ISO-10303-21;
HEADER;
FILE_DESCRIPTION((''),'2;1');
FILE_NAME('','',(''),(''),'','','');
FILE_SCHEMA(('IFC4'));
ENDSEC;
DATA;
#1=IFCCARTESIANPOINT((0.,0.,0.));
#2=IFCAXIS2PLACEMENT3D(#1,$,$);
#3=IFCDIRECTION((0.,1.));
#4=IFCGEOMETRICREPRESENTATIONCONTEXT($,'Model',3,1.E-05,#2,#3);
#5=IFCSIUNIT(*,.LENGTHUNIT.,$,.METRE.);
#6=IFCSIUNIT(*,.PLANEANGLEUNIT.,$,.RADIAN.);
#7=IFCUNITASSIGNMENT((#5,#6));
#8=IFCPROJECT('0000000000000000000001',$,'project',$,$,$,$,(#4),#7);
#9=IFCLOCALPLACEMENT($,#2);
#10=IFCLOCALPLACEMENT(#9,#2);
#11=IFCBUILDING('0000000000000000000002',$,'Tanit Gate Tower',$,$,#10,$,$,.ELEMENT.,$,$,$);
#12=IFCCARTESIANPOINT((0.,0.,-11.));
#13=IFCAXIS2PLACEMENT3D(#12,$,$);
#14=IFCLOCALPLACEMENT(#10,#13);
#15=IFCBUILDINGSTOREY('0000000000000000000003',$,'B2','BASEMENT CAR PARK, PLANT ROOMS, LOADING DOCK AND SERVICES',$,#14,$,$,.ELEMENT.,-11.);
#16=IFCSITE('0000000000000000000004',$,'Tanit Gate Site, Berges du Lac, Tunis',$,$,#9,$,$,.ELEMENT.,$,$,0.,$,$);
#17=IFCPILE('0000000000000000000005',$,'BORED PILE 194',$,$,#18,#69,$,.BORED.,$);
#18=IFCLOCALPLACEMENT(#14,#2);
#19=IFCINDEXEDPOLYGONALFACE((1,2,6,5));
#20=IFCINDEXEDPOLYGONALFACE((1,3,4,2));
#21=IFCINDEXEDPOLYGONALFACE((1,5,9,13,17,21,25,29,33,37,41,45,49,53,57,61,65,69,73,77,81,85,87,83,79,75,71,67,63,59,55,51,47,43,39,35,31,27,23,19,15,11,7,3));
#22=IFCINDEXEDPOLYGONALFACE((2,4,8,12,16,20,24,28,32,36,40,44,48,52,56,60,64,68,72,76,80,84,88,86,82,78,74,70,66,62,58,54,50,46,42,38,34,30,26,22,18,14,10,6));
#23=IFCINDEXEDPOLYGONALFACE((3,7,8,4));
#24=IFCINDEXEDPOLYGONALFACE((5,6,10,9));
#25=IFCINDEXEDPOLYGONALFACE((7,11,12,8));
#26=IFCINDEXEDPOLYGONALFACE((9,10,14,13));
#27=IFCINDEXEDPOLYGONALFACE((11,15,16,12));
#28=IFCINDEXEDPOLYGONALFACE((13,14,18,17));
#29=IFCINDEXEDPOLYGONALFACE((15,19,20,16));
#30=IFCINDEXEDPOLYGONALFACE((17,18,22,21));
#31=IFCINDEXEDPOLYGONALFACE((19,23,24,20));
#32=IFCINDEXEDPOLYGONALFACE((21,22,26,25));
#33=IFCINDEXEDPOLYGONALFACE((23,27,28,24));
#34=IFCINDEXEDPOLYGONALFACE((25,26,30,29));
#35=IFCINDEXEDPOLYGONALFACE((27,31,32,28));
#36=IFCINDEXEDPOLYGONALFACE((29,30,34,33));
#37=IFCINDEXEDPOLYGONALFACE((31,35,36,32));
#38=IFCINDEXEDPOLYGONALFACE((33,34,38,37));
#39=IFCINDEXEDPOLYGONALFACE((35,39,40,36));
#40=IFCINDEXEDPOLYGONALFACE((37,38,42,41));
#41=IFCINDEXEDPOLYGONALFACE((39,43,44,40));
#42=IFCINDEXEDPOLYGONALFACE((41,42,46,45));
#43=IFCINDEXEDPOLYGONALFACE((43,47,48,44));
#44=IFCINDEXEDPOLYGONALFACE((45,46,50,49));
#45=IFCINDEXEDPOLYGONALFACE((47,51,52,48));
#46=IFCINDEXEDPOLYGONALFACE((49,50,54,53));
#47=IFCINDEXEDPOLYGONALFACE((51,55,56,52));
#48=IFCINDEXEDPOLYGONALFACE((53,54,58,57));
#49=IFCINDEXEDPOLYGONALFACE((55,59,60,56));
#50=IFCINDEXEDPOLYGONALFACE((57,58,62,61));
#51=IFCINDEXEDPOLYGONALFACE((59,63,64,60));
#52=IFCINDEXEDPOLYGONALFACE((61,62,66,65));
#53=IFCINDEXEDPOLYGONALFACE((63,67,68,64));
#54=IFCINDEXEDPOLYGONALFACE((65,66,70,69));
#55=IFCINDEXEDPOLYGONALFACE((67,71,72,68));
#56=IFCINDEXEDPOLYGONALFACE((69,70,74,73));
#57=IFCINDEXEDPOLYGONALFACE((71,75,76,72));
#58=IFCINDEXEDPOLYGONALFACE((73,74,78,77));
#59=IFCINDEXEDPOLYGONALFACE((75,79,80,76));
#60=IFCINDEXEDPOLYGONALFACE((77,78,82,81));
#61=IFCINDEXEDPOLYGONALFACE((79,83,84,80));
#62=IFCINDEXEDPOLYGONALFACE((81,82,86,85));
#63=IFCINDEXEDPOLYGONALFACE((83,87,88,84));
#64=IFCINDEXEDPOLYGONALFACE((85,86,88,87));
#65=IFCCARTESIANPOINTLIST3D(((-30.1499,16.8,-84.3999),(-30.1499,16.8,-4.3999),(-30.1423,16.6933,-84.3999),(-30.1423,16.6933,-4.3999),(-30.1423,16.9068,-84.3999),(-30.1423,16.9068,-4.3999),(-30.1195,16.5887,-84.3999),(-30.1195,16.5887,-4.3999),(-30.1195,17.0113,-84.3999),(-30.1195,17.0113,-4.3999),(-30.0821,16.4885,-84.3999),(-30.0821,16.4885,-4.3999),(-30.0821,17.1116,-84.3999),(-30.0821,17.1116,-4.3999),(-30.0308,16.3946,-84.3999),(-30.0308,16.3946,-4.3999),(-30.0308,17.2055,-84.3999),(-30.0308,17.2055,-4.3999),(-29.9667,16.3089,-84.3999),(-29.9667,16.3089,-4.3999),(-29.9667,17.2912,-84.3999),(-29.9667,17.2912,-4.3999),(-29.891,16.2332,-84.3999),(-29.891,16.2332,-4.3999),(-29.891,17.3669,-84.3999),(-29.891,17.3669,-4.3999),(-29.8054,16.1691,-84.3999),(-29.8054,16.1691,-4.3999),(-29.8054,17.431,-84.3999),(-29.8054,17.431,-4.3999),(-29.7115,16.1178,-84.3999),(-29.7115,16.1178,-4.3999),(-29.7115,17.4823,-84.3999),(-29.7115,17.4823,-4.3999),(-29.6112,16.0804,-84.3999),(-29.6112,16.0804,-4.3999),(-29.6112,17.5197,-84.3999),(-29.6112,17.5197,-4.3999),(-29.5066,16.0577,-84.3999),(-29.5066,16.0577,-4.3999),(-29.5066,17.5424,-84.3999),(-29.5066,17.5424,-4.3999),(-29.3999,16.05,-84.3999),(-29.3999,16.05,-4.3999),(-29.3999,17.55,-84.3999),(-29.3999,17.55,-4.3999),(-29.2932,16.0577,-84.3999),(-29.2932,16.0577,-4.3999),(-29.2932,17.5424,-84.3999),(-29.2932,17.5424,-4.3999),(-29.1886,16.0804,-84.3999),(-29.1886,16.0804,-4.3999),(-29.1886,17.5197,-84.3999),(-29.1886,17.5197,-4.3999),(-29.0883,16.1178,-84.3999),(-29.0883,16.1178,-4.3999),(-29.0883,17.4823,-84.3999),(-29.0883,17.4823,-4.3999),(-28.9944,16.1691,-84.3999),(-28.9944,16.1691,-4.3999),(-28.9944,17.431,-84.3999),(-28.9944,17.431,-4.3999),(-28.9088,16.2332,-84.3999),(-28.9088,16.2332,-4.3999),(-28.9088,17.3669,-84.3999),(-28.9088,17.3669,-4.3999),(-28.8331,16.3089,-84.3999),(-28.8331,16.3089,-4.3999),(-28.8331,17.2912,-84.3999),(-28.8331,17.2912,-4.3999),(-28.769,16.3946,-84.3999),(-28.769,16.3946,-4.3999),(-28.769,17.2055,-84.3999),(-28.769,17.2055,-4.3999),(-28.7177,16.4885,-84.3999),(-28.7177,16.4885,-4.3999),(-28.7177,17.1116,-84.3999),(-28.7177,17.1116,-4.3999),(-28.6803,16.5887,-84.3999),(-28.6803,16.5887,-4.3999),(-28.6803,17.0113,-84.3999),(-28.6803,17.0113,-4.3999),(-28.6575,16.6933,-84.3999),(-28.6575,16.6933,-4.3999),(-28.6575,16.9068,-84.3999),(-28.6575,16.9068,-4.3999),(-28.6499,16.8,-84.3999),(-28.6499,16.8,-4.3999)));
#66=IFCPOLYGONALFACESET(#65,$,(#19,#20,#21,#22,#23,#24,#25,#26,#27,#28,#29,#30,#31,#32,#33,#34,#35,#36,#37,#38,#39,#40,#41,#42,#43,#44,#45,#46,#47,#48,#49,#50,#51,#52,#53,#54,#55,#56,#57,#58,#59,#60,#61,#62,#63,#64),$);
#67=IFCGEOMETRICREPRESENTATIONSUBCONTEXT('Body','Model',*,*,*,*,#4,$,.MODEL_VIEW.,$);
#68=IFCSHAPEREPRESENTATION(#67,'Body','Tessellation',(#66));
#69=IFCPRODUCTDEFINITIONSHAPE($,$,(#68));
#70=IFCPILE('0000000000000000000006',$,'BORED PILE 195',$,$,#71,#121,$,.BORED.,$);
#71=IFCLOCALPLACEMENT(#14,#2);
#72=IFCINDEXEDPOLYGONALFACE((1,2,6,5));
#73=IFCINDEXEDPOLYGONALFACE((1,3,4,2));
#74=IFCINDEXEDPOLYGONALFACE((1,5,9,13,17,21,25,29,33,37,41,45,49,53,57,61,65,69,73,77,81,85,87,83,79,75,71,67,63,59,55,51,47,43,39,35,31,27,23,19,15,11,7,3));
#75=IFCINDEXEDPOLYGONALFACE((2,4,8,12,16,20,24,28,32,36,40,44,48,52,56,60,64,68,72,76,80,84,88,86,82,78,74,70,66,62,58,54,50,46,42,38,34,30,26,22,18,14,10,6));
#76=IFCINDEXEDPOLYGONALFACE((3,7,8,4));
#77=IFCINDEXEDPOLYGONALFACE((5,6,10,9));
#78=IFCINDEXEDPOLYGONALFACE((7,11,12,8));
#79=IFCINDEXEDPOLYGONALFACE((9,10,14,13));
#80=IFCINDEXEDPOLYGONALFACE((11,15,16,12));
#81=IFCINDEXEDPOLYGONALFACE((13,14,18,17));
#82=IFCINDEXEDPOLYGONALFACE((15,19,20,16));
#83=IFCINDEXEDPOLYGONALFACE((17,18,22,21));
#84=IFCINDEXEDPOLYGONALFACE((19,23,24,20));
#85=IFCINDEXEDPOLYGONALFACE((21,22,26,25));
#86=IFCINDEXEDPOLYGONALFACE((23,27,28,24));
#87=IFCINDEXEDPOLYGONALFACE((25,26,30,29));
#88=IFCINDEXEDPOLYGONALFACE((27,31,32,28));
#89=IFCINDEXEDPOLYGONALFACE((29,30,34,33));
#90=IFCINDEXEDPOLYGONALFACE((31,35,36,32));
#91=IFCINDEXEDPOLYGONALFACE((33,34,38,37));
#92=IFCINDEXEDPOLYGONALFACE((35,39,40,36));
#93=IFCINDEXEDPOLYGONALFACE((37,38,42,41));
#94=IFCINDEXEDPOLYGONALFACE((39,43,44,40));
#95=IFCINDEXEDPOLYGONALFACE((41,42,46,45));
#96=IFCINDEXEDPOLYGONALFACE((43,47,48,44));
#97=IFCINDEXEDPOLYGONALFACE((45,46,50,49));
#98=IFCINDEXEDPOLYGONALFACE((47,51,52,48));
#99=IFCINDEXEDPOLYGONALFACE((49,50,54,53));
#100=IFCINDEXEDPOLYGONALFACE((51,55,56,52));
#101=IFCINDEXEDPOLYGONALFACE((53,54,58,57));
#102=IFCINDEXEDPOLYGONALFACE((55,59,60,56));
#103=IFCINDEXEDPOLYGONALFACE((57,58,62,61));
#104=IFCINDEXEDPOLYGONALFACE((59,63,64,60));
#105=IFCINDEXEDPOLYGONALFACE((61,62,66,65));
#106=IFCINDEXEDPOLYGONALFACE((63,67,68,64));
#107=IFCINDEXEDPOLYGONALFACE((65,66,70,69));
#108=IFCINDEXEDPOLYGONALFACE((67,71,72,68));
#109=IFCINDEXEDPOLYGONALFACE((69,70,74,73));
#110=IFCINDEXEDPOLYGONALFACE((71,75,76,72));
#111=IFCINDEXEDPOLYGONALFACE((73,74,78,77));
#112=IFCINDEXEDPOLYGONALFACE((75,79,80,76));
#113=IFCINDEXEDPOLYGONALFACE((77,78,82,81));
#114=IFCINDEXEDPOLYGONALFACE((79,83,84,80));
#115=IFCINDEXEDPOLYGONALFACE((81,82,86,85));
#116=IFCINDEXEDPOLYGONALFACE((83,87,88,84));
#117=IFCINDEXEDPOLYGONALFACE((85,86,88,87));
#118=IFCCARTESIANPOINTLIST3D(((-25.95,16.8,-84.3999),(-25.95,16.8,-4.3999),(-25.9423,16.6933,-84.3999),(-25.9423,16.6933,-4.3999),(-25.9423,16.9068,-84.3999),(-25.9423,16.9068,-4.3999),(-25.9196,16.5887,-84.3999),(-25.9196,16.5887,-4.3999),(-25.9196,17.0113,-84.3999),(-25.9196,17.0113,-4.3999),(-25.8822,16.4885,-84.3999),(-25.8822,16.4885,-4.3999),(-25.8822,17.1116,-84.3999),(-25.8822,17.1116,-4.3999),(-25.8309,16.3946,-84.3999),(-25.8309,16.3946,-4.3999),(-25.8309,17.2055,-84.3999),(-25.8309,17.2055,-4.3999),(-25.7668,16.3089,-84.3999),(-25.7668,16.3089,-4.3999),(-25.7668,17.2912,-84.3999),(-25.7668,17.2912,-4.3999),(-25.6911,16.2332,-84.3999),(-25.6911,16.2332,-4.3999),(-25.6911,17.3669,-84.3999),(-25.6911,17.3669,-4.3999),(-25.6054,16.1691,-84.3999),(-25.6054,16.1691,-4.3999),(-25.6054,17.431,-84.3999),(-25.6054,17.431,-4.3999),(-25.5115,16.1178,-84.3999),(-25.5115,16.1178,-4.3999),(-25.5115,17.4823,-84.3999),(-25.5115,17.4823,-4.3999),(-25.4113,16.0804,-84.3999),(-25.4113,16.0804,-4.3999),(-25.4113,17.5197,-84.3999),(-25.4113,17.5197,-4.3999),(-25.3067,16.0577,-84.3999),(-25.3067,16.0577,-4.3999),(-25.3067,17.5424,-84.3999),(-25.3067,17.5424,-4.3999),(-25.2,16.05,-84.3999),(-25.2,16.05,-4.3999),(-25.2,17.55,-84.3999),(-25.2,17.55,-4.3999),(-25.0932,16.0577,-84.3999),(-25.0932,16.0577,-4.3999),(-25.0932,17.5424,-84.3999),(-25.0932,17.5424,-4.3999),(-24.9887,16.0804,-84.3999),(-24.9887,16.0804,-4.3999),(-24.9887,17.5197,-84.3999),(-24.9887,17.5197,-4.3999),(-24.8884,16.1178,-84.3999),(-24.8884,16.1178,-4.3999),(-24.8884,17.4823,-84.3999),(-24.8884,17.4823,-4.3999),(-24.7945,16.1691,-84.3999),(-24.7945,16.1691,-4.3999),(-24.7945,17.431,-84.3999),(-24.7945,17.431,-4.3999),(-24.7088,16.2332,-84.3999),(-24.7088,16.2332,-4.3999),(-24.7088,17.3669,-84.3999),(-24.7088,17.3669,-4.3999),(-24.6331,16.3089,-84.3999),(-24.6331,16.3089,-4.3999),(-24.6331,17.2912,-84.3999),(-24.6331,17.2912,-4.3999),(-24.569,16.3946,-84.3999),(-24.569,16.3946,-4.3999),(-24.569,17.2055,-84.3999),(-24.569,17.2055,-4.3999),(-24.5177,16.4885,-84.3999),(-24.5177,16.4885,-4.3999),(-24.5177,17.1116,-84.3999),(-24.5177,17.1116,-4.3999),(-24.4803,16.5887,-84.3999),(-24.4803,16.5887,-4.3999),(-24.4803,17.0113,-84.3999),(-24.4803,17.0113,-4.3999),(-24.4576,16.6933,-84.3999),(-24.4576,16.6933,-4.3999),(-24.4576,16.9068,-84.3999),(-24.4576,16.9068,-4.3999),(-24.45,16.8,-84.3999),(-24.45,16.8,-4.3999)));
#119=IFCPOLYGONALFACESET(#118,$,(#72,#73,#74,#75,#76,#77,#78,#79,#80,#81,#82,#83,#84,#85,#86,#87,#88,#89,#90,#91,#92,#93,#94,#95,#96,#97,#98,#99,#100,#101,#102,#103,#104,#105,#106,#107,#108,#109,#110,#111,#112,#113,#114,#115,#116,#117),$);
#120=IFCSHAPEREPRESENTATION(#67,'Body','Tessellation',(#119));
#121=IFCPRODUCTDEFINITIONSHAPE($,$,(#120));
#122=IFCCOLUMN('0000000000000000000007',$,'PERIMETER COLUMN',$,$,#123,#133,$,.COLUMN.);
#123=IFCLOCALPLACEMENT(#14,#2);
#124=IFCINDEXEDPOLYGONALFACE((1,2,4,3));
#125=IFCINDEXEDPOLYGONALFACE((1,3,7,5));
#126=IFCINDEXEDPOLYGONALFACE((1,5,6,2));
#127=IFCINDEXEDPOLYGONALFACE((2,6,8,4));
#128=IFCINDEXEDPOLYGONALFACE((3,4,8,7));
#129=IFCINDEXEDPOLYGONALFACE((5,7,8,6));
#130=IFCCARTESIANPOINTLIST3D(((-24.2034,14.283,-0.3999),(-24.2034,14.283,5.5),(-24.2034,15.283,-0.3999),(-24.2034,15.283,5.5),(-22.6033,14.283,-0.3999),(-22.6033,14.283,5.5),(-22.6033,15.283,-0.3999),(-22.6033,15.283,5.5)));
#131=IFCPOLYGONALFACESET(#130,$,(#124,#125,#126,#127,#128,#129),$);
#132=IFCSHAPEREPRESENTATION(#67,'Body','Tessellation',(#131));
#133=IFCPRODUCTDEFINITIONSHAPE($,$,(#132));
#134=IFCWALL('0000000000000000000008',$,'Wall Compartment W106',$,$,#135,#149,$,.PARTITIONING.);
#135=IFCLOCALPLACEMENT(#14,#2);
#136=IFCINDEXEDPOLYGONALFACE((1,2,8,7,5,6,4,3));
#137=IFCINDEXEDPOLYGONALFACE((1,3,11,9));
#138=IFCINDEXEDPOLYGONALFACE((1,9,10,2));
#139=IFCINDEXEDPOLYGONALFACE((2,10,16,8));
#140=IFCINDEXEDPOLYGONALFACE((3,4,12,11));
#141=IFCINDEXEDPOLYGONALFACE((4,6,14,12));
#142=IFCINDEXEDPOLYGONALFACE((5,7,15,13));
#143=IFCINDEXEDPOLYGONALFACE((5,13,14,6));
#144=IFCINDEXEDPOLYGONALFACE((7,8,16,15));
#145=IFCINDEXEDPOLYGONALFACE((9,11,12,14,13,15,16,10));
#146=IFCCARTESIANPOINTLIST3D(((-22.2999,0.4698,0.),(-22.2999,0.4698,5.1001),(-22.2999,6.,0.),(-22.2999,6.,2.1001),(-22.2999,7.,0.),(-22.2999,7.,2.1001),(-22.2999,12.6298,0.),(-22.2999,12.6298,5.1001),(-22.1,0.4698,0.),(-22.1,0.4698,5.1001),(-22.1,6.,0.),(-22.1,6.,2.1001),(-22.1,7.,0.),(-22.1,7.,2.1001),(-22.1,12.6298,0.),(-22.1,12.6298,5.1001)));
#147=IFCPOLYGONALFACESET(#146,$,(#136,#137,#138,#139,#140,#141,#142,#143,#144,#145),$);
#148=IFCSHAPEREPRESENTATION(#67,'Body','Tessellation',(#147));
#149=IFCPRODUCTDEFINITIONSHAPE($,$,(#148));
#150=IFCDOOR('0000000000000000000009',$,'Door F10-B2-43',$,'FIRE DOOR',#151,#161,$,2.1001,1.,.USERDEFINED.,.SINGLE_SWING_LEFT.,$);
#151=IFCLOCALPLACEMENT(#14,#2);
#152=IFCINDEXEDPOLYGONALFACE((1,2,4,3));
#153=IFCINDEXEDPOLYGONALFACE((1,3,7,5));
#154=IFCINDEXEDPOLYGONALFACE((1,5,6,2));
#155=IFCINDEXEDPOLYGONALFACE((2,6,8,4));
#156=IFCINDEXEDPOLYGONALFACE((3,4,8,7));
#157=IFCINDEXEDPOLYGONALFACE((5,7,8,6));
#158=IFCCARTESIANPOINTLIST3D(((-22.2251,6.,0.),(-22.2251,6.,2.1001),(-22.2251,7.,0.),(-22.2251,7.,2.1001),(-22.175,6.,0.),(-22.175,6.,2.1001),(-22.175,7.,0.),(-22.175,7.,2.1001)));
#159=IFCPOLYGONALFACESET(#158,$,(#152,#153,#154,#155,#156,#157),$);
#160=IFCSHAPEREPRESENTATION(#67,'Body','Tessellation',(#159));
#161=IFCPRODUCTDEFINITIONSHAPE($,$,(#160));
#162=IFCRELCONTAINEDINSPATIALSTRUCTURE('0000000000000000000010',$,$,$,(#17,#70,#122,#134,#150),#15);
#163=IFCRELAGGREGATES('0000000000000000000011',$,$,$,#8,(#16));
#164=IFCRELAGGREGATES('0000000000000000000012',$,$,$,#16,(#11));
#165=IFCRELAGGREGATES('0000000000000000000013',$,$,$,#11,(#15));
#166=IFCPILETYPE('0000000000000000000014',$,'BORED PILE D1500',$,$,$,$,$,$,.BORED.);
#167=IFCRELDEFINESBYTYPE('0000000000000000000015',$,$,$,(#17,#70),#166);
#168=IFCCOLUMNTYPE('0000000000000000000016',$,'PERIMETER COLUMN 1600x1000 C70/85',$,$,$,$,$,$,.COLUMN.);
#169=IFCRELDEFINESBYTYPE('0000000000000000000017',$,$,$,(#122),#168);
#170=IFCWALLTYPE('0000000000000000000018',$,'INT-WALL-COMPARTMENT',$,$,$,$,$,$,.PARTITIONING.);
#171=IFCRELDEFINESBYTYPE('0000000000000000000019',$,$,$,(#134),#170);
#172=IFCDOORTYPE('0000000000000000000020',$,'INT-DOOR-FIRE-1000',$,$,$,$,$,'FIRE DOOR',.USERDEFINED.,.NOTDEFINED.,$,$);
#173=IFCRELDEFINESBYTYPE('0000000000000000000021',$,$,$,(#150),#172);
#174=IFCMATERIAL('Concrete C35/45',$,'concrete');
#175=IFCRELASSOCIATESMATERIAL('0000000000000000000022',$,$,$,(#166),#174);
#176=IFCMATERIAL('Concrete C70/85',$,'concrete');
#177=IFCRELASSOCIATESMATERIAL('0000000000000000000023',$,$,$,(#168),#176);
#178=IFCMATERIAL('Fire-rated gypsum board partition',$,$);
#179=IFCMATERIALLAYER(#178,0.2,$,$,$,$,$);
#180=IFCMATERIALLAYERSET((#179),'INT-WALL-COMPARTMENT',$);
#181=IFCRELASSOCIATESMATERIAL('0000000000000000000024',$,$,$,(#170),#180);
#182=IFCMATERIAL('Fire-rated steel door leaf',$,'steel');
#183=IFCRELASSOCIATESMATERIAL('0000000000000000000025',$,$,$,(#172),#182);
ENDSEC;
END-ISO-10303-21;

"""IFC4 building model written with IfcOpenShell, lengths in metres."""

from ifc_helpers import new_model, si_unit, direction, frame, frame_2d, origin, origin_2d, place, context, subcontext, project, spatial, rectangle, circle, extrude, material, layer, layer_set, material_profile, profile_set, type_object, element, fill, save


model = new_model("IFC4")

# Units and contexts
model_context = context("Model", 3, precision=1e-05, world=origin(), true_north=direction((0.0, 1.0)))
body_context = subcontext(model_context, "Body", "Model", "MODEL_VIEW")
ifc_project = project(units=[si_unit("LENGTHUNIT", "METRE"), si_unit("PLANEANGLEUNIT", "RADIAN")], contexts=[model_context])

# Site, building, storey
site_placement = place(None, origin())
site = spatial("IfcSite", under=ifc_project, at=site_placement, Name="Tanit Gate Site, Berges du Lac, Tunis", CompositionType="ELEMENT", RefElevation=0.0)
building_placement = place(site_placement, origin())
building = spatial("IfcBuilding", under=site, at=building_placement, Name="Tanit Gate Tower", CompositionType="ELEMENT")
storey_placement = place(building_placement, frame((0.0, 0.0, -11.0)))
storey = spatial("IfcBuildingStorey", under=building, at=storey_placement, Name="B2", Description="BASEMENT CAR PARK, PLANT ROOMS, LOADING DOCK AND SERVICES", CompositionType="ELEMENT", Elevation=-11.0)

# Piles
ifc_material_1 = material(Name="Concrete C35/45", Category="concrete")
ifc_material_profile_1 = material_profile(ifc_material_1, circle(Radius=0.75, at=origin_2d()), Name="BORED PILE D1500 C35/45")
ifc_profile_set_1 = profile_set([ifc_material_profile_1], Name="Concrete C35/45")
pile_type = type_object("IfcPileType", Name="BORED PILE D1500", PredefinedType="BORED", material=ifc_profile_set_1)
for number, where, z_axis, x_axis, name in (
    (1, (-29.3999, 16.8, -4.3999), (0.0, 0.0, -1.0), (1.0, 0.0, 0.0), "BORED PILE 194"),
    (2, (-25.2, 16.8, -4.3999), (0.0, 0.0, -1.0), (1.0, 0.0, 0.0), "BORED PILE 195"),
):
    element("IfcPile", number, at=place(storey_placement, frame(where, z_axis=z_axis, x_axis=x_axis)), inside=storey, type_object=pile_type, Name=name, PredefinedType="BORED", context=body_context, shape_type="SweptSolid", body=[
        extrude(circle(Radius=0.75, at=origin_2d()), origin(), (0.0, 0.0, 1.0), 80.0),
    ])

# Column
ifc_material_2 = material(Name="Concrete C70/85", Category="concrete")
ifc_material_profile_2 = material_profile(ifc_material_2, rectangle(XDim=1.6001, YDim=1.0, at=origin_2d()), Name="RC 1600x1000")
ifc_profile_set_2 = profile_set([ifc_material_profile_2], Name="Concrete C70/85")
column_type = type_object("IfcColumnType", Name="PERIMETER COLUMN 1600x1000 C70/85", PredefinedType="COLUMN", material=ifc_profile_set_2)
column_placement = place(storey_placement, frame((-23.4033, 14.783, -0.3999), z_axis=(0.0, 0.0, 1.0), x_axis=(-1.0, 0.0, 0.0)))
element("IfcColumn", 3, at=column_placement, inside=storey, type_object=column_type, Name="PERIMETER COLUMN", PredefinedType="COLUMN", context=body_context, shape_type="SweptSolid", body=[
    extrude(rectangle(XDim=1.6001, YDim=1.0, at=origin_2d()), origin(), (0.0, 0.0, 1.0), 5.8999),
])

# Wall, opening, door
ifc_material_3 = material(Name="Fire-rated gypsum board partition")
ifc_layer = layer(ifc_material_3, 0.2)
ifc_layer_set = layer_set([ifc_layer], Name="INT-WALL-COMPARTMENT")
wall_type = type_object("IfcWallType", Name="INT-WALL-COMPARTMENT", PredefinedType="PARTITIONING", material=ifc_layer_set)
wall_placement = place(storey_placement, frame((-22.2, 12.6299, 0.0), z_axis=(0.0, 0.0, 1.0), x_axis=(0.0, -1.0, 0.0)))
wall = element("IfcWall", 4, at=wall_placement, inside=storey, type_object=wall_type, Name="Wall Compartment W106", PredefinedType="PARTITIONING", context=body_context, shape_type="SweptSolid", body=[
    extrude(rectangle(XDim=12.1599, YDim=0.2, at=frame_2d((6.0801, 0.0))), origin(), (0.0, 0.0, 1.0), 5.1001),
])
opening_placement = place(wall_placement, frame((5.6299, 0.0, 0.0)))
opening = element("IfcOpeningElement", 5, at=opening_placement, cuts=wall, PredefinedType="OPENING", context=body_context, shape_type="SweptSolid", body=[
    extrude(rectangle(XDim=1.0, YDim=2.1001, at=frame_2d((0.5, 1.05))), frame((0.0, 0.1099, 0.0), z_axis=(0.0, -1.0, 0.0), x_axis=(1.0, 0.0, 0.0)), (0.0, 0.0, 1.0), 0.22),
])
ifc_material_4 = material(Name="Fire-rated steel door leaf", Category="steel")
door_type = type_object("IfcDoorType", Name="INT-DOOR-FIRE-1000", ElementType="FIRE DOOR", OperationType="NOTDEFINED", PredefinedType="USERDEFINED", material=ifc_material_4)
door_placement = place(opening_placement, origin())
door = element("IfcDoor", 6, at=door_placement, inside=storey, type_object=door_type, Name="Door F10-B2-43", ObjectType="FIRE DOOR", OperationType="SINGLE_SWING_LEFT", OverallHeight=2.1001, OverallWidth=1.0, PredefinedType="USERDEFINED", context=body_context, shape_type="SweptSolid", body=[
    extrude(rectangle(XDim=1.0, YDim=2.1001, at=frame_2d((0.5, 1.05))), frame((0.0, 0.0249, 0.0), z_axis=(0.0, -1.0, 0.0), x_axis=(1.0, 0.0, 0.0)), (0.0, 0.0, 1.0), 0.05),
])
fill(opening, door)

save(model, "model.ifc")
